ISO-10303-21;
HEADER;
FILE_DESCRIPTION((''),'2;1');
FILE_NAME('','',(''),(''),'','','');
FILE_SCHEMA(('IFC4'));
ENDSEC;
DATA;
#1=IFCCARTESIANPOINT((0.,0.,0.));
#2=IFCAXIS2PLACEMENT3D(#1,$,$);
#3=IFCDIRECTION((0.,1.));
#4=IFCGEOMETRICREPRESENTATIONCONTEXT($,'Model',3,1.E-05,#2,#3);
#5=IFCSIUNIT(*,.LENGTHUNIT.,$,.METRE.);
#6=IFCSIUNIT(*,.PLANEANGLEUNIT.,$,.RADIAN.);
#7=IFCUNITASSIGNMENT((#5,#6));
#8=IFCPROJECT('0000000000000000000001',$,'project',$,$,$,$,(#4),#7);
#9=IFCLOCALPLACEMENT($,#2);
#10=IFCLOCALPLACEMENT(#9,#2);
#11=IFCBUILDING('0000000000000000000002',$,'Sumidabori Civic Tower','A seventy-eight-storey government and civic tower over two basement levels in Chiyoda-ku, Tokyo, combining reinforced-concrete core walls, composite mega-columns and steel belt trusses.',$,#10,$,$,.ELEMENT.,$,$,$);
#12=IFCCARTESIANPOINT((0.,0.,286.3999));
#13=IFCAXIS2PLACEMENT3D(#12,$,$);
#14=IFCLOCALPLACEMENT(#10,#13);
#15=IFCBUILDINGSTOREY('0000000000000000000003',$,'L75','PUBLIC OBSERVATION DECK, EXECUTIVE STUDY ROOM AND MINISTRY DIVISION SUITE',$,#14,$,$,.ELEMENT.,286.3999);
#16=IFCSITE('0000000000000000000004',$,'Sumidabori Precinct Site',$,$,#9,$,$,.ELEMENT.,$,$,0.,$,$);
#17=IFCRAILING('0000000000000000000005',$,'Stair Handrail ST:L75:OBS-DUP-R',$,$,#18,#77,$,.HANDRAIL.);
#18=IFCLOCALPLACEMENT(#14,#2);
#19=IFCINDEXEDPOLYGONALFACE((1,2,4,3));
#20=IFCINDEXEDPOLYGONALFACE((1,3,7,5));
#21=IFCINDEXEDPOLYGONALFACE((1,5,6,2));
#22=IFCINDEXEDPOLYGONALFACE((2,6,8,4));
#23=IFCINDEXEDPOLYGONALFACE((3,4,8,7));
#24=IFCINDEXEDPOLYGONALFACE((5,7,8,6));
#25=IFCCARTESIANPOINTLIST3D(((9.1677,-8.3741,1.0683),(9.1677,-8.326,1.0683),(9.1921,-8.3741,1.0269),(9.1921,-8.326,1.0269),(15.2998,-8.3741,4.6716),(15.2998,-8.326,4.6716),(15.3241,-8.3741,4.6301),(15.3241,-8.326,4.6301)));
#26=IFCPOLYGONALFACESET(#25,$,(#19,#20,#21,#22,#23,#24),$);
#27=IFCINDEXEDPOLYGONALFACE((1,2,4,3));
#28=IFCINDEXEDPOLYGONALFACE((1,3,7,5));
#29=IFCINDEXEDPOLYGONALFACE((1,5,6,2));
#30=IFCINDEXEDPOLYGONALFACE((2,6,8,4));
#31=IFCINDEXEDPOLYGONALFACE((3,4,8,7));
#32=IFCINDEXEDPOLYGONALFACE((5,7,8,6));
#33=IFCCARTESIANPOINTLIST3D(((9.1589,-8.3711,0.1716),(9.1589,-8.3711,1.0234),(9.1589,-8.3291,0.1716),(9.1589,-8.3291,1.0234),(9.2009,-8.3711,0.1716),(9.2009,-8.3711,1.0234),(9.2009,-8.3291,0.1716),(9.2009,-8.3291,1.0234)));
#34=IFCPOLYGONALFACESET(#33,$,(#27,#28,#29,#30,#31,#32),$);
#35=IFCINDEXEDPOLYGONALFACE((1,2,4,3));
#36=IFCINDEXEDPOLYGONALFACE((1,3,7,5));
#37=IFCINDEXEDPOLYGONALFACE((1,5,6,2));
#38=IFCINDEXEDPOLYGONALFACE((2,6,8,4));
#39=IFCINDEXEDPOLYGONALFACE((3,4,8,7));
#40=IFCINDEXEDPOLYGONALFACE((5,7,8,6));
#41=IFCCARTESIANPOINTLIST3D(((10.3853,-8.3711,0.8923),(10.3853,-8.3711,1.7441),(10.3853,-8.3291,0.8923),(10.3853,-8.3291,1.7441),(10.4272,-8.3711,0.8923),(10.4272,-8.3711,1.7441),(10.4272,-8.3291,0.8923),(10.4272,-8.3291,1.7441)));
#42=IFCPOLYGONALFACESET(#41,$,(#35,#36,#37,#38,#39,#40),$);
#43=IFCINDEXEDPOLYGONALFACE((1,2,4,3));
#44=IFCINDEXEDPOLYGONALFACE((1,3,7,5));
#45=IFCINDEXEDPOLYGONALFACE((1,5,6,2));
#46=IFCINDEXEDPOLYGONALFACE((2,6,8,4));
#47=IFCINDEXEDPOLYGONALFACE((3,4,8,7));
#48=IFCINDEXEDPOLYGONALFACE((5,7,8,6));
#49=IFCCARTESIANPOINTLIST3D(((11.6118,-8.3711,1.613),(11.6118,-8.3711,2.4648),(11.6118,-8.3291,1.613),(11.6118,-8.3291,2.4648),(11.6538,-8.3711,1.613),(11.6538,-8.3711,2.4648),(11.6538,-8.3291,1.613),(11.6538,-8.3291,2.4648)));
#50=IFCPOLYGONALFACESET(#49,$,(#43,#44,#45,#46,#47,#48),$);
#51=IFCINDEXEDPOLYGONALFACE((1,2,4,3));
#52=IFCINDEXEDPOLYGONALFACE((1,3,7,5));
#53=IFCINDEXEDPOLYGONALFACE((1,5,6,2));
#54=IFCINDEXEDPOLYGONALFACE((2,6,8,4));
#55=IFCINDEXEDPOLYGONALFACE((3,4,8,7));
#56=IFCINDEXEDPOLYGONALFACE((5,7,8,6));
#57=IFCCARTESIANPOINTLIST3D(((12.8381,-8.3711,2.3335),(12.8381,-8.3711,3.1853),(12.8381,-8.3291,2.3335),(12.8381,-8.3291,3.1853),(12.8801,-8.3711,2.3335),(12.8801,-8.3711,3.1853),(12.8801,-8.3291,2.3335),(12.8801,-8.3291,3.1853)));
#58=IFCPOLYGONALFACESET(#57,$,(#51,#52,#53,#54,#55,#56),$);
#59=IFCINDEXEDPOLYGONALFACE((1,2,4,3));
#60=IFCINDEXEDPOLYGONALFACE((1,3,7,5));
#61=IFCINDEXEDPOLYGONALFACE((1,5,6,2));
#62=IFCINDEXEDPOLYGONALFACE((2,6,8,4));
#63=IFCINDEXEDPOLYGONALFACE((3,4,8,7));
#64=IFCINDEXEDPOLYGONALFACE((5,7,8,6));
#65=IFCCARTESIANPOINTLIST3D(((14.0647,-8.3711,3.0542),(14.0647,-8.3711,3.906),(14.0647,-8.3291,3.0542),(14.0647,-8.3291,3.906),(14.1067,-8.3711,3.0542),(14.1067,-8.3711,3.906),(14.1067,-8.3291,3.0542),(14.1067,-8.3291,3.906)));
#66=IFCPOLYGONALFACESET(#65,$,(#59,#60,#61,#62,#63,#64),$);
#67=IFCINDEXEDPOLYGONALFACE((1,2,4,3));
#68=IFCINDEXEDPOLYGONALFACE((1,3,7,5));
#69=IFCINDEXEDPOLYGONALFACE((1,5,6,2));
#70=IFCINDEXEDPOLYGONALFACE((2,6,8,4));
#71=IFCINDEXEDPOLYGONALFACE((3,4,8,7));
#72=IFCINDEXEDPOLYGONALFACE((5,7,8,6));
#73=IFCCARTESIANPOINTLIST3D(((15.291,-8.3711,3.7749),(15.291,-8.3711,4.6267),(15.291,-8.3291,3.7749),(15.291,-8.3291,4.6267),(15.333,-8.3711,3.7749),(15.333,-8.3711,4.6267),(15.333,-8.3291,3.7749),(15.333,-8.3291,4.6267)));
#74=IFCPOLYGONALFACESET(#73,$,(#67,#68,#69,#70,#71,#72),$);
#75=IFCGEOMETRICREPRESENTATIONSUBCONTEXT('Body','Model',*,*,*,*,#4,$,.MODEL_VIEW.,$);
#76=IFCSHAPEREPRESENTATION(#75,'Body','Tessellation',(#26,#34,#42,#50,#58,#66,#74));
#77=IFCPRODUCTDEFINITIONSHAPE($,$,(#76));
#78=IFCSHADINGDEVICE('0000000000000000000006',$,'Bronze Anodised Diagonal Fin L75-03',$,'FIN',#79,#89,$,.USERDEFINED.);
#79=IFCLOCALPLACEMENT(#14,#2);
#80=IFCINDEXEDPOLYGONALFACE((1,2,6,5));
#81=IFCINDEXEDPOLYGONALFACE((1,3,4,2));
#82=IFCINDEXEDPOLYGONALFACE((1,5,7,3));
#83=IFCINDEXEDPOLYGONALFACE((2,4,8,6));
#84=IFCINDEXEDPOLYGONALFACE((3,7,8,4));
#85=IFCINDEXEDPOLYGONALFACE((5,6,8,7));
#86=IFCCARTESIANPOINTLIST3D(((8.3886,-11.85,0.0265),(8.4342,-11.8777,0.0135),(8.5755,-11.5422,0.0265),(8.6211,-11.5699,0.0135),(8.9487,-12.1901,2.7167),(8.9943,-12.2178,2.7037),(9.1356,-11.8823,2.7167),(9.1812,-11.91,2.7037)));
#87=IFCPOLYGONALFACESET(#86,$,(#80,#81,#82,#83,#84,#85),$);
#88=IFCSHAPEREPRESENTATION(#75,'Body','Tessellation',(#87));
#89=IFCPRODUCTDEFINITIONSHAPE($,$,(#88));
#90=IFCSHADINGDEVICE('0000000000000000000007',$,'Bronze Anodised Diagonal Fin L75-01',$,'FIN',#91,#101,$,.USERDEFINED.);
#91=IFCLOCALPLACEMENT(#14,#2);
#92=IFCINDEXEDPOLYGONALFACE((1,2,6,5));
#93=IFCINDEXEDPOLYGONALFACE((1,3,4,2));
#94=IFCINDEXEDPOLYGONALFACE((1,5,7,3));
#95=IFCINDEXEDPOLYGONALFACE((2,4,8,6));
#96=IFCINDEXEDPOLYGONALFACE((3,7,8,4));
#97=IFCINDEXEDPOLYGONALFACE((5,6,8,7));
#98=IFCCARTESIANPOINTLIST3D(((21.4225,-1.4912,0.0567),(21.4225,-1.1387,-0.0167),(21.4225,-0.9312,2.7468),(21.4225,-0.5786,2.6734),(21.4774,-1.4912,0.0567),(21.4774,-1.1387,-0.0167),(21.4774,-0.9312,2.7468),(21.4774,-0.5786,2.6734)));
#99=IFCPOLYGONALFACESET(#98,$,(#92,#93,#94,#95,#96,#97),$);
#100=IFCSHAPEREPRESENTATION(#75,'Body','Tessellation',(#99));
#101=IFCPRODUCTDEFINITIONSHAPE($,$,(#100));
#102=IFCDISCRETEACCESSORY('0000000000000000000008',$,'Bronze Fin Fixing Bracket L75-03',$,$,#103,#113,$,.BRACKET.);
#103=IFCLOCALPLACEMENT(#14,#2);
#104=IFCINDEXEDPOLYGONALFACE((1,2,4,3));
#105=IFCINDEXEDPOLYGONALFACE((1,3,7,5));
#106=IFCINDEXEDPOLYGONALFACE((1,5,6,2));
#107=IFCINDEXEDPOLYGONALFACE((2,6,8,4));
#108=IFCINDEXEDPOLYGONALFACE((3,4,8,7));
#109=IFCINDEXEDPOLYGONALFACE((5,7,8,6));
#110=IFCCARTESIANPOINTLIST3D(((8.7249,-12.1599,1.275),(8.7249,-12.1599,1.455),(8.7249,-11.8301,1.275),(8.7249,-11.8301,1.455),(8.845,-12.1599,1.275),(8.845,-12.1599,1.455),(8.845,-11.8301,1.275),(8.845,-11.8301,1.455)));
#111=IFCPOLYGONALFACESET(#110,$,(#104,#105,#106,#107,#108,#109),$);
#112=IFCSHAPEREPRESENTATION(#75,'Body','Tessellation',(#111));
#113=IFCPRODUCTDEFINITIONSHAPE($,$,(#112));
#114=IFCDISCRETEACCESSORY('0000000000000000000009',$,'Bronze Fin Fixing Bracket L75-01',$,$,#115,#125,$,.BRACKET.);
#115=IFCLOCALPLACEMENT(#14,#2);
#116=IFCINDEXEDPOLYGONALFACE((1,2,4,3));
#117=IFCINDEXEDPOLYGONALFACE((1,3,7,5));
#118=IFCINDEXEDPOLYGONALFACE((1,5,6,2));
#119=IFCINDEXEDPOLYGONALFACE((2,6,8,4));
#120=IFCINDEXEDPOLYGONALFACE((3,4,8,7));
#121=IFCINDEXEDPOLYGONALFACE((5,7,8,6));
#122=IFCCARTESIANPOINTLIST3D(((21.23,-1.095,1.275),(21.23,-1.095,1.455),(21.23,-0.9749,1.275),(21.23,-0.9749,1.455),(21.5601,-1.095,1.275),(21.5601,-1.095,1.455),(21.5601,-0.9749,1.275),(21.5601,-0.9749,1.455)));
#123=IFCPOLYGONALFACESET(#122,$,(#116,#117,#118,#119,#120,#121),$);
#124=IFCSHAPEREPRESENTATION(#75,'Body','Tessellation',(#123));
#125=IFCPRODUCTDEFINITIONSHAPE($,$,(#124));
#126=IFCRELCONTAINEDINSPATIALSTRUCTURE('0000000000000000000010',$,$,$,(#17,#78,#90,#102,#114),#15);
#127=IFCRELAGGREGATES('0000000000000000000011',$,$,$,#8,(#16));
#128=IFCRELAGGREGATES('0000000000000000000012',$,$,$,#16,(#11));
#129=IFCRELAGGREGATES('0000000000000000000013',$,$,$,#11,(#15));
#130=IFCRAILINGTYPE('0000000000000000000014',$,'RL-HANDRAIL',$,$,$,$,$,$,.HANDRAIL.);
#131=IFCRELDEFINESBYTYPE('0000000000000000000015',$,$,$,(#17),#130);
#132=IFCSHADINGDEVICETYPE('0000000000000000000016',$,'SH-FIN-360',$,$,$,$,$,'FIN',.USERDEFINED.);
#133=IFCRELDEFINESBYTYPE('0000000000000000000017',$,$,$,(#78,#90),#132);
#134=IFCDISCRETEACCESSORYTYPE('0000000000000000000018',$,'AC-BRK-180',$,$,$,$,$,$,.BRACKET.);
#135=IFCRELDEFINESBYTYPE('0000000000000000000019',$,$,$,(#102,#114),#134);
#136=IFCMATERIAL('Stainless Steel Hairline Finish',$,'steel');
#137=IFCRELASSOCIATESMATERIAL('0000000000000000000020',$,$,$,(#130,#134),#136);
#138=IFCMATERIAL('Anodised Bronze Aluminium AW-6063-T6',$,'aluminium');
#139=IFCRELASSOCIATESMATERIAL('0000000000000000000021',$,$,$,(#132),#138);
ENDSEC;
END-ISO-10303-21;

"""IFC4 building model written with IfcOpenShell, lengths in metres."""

from ifc_helpers import new_model, si_unit, direction, frame, origin, origin_2d, place, context, subcontext, project, spatial, rectangle, extrude, source, transform, mapped, material, material_profile, profile_set, type_object, element, save


model = new_model("IFC4")

# Units and contexts
model_context = context("Model", 3, precision=1e-05, world=origin(), true_north=direction((0.0, 1.0)))
body_context = subcontext(model_context, "Body", "Model", "MODEL_VIEW")
ifc_project = project(units=[si_unit("LENGTHUNIT", "METRE"), si_unit("PLANEANGLEUNIT", "RADIAN")], contexts=[model_context])

# Site, building, storey
site_placement = place(None, origin())
site = spatial("IfcSite", under=ifc_project, at=site_placement, Name="Sumidabori Precinct Site", CompositionType="ELEMENT", RefElevation=0.0)
building_placement = place(site_placement, origin())
building = spatial("IfcBuilding", under=site, at=building_placement, Name="Sumidabori Civic Tower", Description="A seventy-eight-storey government and civic tower over two basement levels in Chiyoda-ku, Tokyo, combining reinforced-concrete core walls, composite mega-columns and steel belt trusses.", CompositionType="ELEMENT")
storey_placement = place(building_placement, frame((0.0, 0.0, 286.3999)))
storey = spatial("IfcBuildingStorey", under=building, at=storey_placement, Name="L75", Description="PUBLIC OBSERVATION DECK, EXECUTIVE STUDY ROOM AND MINISTRY DIVISION SUITE", CompositionType="ELEMENT", Elevation=286.3999)

# Shared definitions
ifc_material_1 = material(Name="Anodised Bronze Aluminium AW-6063-T6", Category="aluminium")

# Railing
ifc_material_2 = material(Name="Stainless Steel Hairline Finish", Category="steel")
railing_type = type_object("IfcRailingType", Name="RL-HANDRAIL", PredefinedType="HANDRAIL", material=ifc_material_2)
for number, where, name in (
    (1, (9.1799, -8.3501, 0.1716), "Stair Handrail ST:L75:OBS-DUP-R"),
):
    element("IfcRailing", number, at=place(storey_placement, frame(where)), inside=storey, type_object=railing_type, Name=name, PredefinedType="HANDRAIL", context=body_context, shape_type="SweptSolid", body=[
        extrude(rectangle(XDim=0.0481, YDim=0.0481, at=origin_2d()), frame((0.0, 0.0, 0.876), z_axis=(0.86217, 0.0, 0.50662), x_axis=(0.0, 1.0, 0.0)), (0.0, 0.0, 1.0), 7.1123),
        extrude(rectangle(XDim=0.042, YDim=0.042, at=origin_2d()), origin(), (0.0, 0.0, 1.0), 0.8518),
        extrude(rectangle(XDim=0.042, YDim=0.042, at=origin_2d()), frame((1.2263, 0.0, 0.7207)), (0.0, 0.0, 1.0), 0.8518),
        extrude(rectangle(XDim=0.042, YDim=0.042, at=origin_2d()), frame((2.4529, 0.0, 1.4414)), (0.0, 0.0, 1.0), 0.8518),
        extrude(rectangle(XDim=0.042, YDim=0.042, at=origin_2d()), frame((3.6792, 0.0, 2.1619)), (0.0, 0.0, 1.0), 0.8518),
        extrude(rectangle(XDim=0.042, YDim=0.042, at=origin_2d()), frame((4.9058, 0.0, 2.8826)), (0.0, 0.0, 1.0), 0.8518),
        extrude(rectangle(XDim=0.042, YDim=0.042, at=origin_2d()), frame((6.1321, 0.0, 3.6033)), (0.0, 0.0, 1.0), 0.8518),
    ])

# Shading devices
ifc_material_profile_1 = material_profile(ifc_material_1, rectangle(XDim=0.0549, YDim=0.3601, at=origin_2d()), Name="BRONZE FIN 360x55")
ifc_profile_set_1 = profile_set([ifc_material_profile_1], Name="Anodised Bronze Aluminium AW-6063-T6")
shading_device_type = type_object("IfcShadingDeviceType", Name="SH-FIN-360", ElementType="FIN", PredefinedType="USERDEFINED", material=ifc_profile_set_1)
shared_shape_1 = source(origin(), body_context, "Body", "SweptSolid", [
    extrude(rectangle(XDim=0.0549, YDim=0.3601, at=origin_2d()), origin(), (0.0, 0.0, 1.0), 2.7688),
])
shading_device_1_placement = place(storey_placement, frame((8.5049, -11.71, 0.02), z_axis=(0.202273, -0.122827, 0.971596), x_axis=(0.830474, -0.504294, -0.236645)))
element("IfcShadingDevice", 2, at=shading_device_1_placement, inside=storey, type_object=shading_device_type, Name="Bronze Anodised Diagonal Fin L75-03", ObjectType="FIN", PredefinedType="USERDEFINED", context=body_context, shape_type="MappedRepresentation", body=[
    mapped(shared_shape_1, transform((0.0, 0.0, 0.0), x_axis=(1.0, 0.0, 0.0), y_axis=(0.0, 1.0, 0.0), z_axis=(0.0, 0.0, 1.0), scale=1.0)),
])
shared_shape_2 = source(origin(), body_context, "Body", "SweptSolid", [
    extrude(rectangle(XDim=0.0549, YDim=0.3601, at=origin_2d()), origin(), (0.0, 0.0, 1.0), 2.7478),
])
shading_device_2_placement = place(storey_placement, frame((21.45, -1.3149, 0.02), z_axis=(0.0, 0.203816, 0.979009), x_axis=(-1.0, 0.0, 0.0)))
element("IfcShadingDevice", 3, at=shading_device_2_placement, inside=storey, type_object=shading_device_type, Name="Bronze Anodised Diagonal Fin L75-01", ObjectType="FIN", PredefinedType="USERDEFINED", context=body_context, shape_type="MappedRepresentation", body=[
    mapped(shared_shape_2, transform((0.0, 0.0, 0.0), x_axis=(1.0, 0.0, 0.0), y_axis=(0.0, 1.0, 0.0), z_axis=(0.0, 0.0, 1.0), scale=1.0)),
])

# Discrete accessories
ifc_material_profile_2 = material_profile(ifc_material_2, rectangle(XDim=0.1201, YDim=0.1799, at=origin_2d()), Name="STEEL BRACKET 180x120")
ifc_profile_set_2 = profile_set([ifc_material_profile_2], Name="Stainless Steel Hairline Finish")
discrete_accessory_type = type_object("IfcDiscreteAccessoryType", Name="AC-BRK-180", PredefinedType="BRACKET", material=ifc_profile_set_2)
shared_shape_3 = source(origin(), body_context, "Body", "SweptSolid", [
    extrude(rectangle(XDim=0.1201, YDim=0.1799, at=origin_2d()), origin(), (0.0, 0.0, 1.0), 0.3298),
])
discrete_accessory_1_placement = place(storey_placement, frame((8.7849, -11.8301, 1.365), z_axis=(0.0, -1.0, 0.0), x_axis=(1.0, 0.0, 0.0)))
element("IfcDiscreteAccessory", 4, at=discrete_accessory_1_placement, inside=storey, type_object=discrete_accessory_type, Name="Bronze Fin Fixing Bracket L75-03", PredefinedType="BRACKET", context=body_context, shape_type="MappedRepresentation", body=[
    mapped(shared_shape_3, transform((0.0, 0.0, 0.0), x_axis=(1.0, 0.0, 0.0), y_axis=(0.0, 1.0, 0.0), z_axis=(0.0, 0.0, 1.0), scale=1.0)),
])
shared_shape_4 = source(origin(), body_context, "Body", "SweptSolid", [
    extrude(rectangle(XDim=0.1201, YDim=0.1799, at=origin_2d()), origin(), (0.0, 0.0, 1.0), 0.3301),
])
discrete_accessory_2_placement = place(storey_placement, frame((21.23, -1.0349, 1.365), z_axis=(1.0, 0.0, 0.0), x_axis=(0.0, 1.0, 0.0)))
element("IfcDiscreteAccessory", 5, at=discrete_accessory_2_placement, inside=storey, type_object=discrete_accessory_type, Name="Bronze Fin Fixing Bracket L75-01", PredefinedType="BRACKET", context=body_context, shape_type="MappedRepresentation", body=[
    mapped(shared_shape_4, transform((0.0, 0.0, 0.0), x_axis=(1.0, 0.0, 0.0), y_axis=(0.0, 1.0, 0.0), z_axis=(0.0, 0.0, 1.0), scale=1.0)),
])

save(model, "model.ifc")
